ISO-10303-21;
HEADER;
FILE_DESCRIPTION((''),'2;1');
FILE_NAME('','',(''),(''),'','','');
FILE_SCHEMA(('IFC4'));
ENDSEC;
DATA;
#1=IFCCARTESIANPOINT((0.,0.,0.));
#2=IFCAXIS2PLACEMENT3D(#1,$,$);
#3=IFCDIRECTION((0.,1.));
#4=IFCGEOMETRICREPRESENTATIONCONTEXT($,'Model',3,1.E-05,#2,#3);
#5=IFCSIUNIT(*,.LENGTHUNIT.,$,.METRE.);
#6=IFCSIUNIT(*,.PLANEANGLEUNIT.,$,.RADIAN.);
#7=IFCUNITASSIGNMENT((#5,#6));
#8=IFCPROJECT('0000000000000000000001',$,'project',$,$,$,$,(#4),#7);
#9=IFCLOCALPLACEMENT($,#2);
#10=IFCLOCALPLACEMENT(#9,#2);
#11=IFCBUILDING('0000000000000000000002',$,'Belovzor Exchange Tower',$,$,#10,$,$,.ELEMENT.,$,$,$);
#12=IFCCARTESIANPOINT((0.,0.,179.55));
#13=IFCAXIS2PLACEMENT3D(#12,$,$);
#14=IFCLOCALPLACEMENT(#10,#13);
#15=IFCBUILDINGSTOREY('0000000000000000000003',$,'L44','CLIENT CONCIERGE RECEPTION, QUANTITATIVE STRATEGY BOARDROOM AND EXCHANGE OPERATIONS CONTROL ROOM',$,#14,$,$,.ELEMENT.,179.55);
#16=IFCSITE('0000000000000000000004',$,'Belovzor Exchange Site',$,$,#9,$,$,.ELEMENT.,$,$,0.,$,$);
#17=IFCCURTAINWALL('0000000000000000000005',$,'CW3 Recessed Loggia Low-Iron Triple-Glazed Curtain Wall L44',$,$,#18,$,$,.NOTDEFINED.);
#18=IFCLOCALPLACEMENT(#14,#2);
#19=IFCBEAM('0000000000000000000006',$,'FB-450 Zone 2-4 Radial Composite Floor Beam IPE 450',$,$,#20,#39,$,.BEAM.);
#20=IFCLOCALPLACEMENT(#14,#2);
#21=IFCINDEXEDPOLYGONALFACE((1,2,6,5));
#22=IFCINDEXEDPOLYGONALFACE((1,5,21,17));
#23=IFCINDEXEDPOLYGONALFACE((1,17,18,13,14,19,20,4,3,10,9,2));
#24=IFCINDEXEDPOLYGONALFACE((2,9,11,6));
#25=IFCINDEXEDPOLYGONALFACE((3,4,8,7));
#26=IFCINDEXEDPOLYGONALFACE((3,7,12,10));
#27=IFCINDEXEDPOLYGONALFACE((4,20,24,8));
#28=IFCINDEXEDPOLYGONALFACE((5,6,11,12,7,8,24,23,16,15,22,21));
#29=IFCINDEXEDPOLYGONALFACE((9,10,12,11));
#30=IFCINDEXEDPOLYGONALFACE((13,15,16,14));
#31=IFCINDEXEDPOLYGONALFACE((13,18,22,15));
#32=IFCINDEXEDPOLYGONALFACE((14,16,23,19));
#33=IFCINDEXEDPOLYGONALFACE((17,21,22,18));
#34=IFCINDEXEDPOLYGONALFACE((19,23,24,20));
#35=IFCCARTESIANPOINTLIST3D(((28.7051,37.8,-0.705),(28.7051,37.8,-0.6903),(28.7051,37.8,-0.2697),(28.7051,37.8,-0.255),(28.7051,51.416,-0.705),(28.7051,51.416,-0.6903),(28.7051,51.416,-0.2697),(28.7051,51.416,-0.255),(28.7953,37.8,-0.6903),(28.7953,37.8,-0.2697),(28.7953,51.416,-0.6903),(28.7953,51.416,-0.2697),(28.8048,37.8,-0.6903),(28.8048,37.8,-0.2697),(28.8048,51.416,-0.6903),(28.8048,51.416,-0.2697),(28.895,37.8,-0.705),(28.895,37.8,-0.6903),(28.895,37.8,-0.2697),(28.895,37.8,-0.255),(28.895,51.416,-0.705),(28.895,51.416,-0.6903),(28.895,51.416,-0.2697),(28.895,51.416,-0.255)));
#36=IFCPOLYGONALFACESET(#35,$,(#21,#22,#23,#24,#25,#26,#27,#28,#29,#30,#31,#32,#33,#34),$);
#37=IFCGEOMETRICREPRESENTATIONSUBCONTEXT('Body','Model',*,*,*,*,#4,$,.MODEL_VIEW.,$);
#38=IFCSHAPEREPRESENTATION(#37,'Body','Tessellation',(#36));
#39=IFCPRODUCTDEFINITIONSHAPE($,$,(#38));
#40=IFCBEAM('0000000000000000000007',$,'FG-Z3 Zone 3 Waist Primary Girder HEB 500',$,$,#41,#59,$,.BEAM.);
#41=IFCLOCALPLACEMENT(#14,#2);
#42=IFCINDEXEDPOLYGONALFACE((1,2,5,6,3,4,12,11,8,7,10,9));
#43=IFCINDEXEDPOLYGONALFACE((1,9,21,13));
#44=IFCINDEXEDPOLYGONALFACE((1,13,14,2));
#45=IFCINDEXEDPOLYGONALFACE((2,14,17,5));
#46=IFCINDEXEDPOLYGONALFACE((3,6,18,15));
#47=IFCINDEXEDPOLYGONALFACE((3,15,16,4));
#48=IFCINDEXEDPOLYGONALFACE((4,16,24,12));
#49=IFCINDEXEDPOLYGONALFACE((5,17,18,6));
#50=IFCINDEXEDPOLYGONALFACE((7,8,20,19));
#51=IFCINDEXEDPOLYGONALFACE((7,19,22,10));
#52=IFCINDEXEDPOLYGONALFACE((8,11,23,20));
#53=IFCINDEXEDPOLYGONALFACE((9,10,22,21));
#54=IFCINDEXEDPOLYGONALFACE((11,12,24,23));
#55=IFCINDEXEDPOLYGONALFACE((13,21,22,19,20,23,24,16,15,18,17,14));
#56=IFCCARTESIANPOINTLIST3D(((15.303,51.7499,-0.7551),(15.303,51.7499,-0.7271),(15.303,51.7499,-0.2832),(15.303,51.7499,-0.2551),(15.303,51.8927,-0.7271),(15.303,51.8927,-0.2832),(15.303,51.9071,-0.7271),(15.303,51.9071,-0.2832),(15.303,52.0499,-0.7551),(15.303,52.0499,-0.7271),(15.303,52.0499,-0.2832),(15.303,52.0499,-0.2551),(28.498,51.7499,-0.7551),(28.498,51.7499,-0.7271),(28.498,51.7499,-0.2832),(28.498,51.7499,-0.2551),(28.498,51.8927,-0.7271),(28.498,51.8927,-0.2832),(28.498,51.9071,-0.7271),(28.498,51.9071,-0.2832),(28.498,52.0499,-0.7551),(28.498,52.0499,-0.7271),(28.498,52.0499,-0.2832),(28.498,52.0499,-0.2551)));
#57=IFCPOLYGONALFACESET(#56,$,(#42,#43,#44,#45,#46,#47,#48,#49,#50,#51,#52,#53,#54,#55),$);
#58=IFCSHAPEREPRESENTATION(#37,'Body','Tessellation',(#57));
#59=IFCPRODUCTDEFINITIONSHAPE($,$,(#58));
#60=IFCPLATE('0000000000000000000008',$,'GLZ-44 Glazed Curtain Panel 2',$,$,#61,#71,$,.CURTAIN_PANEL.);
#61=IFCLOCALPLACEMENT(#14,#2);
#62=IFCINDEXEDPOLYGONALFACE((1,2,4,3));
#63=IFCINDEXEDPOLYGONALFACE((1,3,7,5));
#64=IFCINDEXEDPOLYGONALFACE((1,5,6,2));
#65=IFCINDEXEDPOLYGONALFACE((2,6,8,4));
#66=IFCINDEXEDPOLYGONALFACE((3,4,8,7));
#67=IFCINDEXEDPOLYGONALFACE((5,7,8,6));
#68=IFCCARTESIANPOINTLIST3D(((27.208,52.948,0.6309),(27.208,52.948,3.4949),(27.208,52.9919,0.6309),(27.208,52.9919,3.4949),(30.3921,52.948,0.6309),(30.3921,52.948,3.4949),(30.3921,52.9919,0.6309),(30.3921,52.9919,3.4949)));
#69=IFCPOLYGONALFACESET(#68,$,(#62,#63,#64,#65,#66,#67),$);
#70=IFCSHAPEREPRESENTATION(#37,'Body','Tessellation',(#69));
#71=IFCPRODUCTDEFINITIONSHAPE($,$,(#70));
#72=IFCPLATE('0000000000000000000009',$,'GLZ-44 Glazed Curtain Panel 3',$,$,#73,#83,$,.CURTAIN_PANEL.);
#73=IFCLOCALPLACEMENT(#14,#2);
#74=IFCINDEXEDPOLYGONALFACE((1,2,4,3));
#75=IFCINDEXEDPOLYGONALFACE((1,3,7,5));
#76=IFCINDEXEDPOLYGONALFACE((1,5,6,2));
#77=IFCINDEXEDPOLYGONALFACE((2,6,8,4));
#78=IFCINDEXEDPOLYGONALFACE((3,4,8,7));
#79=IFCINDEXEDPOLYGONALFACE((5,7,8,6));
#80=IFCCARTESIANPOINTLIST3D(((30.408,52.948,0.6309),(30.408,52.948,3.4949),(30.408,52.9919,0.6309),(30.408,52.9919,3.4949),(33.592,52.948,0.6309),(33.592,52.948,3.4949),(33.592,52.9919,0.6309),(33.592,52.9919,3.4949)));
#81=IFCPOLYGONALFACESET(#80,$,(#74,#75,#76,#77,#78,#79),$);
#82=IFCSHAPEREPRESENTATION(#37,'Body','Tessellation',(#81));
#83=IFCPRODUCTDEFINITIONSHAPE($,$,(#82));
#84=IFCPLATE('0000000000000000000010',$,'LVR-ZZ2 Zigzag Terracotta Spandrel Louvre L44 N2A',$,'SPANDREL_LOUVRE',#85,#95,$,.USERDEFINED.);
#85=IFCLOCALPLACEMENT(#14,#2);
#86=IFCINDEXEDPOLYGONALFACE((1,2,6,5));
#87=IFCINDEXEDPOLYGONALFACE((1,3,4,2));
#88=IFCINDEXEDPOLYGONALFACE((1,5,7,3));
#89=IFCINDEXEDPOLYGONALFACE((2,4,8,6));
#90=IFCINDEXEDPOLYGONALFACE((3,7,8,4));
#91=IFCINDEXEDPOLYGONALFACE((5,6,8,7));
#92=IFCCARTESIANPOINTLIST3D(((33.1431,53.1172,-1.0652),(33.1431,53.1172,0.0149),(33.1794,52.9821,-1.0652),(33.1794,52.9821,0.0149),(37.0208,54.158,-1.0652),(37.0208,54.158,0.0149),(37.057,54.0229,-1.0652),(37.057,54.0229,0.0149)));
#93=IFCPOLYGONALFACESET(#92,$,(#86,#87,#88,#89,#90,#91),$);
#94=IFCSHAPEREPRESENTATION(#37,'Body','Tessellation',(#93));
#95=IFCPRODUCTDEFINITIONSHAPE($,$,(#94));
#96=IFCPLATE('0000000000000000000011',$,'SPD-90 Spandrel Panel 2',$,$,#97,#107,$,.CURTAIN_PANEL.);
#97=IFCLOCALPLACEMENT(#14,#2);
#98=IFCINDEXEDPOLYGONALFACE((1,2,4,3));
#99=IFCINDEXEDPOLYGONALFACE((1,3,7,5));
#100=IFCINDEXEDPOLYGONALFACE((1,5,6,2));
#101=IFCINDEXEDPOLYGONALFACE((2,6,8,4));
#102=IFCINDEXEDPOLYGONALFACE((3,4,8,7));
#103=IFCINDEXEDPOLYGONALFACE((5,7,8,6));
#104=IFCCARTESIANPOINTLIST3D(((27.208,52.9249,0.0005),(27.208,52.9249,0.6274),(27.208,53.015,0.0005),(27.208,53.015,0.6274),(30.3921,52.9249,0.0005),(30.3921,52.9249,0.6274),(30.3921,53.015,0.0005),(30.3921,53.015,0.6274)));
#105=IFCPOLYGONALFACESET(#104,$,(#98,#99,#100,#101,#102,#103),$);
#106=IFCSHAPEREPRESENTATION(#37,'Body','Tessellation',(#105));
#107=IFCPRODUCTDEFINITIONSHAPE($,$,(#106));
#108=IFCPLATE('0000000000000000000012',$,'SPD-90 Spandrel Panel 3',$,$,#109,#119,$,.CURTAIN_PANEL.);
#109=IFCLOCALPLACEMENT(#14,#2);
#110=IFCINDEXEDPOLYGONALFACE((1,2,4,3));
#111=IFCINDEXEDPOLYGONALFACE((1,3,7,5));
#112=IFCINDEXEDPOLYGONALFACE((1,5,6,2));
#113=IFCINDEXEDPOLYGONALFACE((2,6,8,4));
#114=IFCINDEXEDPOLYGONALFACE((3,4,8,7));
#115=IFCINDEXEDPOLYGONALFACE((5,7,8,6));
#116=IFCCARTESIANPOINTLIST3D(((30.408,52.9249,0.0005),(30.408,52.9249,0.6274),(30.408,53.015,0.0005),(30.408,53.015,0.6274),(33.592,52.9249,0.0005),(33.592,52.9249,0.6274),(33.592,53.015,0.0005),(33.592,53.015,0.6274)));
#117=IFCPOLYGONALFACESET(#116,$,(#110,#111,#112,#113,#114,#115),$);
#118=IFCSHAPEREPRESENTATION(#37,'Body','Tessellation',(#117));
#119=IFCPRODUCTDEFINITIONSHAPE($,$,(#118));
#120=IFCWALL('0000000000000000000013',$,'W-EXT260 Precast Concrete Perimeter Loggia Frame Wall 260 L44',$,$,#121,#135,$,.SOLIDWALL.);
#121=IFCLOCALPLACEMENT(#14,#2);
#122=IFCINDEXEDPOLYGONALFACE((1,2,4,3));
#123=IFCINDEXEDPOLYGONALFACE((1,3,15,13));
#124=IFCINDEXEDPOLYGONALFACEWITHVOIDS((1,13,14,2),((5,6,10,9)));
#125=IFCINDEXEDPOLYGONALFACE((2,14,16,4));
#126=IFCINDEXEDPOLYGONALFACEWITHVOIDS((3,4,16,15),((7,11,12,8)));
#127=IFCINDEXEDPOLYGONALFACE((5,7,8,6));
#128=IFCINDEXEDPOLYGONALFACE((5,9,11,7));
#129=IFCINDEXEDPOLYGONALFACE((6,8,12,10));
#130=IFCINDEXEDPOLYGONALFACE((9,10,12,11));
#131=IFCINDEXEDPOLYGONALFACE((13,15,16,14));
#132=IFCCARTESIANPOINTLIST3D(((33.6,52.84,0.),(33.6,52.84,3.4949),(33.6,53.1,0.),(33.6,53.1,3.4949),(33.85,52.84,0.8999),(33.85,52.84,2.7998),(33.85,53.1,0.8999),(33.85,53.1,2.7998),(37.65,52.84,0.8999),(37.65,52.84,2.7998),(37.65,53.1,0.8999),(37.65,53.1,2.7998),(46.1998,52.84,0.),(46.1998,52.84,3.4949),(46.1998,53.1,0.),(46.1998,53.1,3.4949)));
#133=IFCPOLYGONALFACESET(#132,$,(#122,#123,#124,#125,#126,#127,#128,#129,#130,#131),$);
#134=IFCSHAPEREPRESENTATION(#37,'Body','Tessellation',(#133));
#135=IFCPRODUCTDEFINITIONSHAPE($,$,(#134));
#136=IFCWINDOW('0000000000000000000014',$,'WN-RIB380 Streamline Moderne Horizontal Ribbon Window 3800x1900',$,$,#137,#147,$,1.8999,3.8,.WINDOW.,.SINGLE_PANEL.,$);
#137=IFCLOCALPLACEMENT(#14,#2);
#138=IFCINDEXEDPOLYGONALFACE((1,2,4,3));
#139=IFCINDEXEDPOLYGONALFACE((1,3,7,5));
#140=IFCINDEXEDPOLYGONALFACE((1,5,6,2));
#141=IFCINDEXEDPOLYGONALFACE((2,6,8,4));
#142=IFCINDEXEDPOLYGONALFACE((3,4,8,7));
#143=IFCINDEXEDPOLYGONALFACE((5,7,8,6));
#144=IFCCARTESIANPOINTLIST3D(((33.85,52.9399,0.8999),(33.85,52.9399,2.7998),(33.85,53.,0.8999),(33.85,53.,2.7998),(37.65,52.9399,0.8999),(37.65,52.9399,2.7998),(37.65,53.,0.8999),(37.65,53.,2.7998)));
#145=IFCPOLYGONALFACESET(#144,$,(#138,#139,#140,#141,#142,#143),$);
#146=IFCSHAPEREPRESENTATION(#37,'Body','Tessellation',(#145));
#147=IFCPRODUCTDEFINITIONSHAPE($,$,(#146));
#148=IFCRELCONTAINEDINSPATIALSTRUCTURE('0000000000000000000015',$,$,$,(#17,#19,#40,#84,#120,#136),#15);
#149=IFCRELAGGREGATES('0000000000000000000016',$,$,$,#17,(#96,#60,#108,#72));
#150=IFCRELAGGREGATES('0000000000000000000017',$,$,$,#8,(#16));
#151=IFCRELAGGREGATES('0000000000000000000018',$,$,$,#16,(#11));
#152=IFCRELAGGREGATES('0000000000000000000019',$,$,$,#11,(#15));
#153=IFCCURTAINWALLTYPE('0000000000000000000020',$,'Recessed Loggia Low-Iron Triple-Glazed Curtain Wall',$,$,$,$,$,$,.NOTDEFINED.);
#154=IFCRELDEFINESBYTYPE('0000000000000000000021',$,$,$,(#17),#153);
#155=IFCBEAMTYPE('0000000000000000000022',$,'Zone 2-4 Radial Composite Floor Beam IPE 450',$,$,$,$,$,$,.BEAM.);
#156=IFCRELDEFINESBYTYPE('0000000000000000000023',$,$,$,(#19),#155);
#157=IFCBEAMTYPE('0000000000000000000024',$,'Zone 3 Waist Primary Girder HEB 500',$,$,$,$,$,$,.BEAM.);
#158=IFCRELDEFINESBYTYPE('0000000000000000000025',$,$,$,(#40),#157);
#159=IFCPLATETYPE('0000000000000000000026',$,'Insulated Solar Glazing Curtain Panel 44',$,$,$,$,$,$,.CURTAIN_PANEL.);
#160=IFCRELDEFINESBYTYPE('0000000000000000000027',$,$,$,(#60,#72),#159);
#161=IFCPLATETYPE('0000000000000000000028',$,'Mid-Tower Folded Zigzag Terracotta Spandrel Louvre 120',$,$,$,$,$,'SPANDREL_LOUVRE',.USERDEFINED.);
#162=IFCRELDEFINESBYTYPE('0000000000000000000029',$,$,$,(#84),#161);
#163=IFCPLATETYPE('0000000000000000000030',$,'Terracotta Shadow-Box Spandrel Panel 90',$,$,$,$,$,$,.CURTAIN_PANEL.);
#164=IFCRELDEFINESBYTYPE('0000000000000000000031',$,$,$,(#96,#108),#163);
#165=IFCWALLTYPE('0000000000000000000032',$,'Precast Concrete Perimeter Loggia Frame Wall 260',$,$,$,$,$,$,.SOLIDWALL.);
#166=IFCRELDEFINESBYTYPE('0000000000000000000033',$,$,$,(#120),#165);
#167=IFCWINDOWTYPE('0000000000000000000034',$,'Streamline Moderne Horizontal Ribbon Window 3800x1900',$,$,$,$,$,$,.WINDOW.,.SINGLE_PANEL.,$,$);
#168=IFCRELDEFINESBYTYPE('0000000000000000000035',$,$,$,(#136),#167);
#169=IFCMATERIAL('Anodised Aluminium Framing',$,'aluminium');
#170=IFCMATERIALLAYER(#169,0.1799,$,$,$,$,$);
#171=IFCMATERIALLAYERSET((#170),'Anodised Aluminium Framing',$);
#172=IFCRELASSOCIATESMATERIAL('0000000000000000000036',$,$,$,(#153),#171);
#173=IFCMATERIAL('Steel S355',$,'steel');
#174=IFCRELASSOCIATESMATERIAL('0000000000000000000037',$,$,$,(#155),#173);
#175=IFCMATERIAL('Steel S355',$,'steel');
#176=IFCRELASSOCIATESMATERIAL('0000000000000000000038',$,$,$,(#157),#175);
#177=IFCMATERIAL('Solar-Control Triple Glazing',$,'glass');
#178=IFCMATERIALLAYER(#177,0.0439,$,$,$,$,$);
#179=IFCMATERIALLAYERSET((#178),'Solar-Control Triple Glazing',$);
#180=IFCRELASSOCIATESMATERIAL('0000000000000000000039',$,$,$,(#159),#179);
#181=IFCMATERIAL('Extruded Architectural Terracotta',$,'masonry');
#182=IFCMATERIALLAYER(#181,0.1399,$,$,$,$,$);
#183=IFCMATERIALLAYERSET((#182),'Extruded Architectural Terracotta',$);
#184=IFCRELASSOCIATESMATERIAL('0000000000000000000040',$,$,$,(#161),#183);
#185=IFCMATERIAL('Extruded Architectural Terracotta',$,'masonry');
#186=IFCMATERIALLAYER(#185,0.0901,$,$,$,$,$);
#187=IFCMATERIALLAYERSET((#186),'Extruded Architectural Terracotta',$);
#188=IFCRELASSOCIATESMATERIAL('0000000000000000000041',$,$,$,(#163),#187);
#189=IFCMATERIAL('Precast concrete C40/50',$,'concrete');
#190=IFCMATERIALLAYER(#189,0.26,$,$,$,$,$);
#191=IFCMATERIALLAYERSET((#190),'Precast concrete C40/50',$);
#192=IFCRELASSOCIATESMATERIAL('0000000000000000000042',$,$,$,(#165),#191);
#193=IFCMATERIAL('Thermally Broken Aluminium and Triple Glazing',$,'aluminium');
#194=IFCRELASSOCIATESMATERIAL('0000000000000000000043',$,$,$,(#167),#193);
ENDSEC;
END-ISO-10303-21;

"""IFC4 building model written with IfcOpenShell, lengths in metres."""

from ifc_helpers import new_model, si_unit, direction, frame, frame_2d, origin, origin_2d, place, context, subcontext, project, spatial, rectangle, i_section, extrude, material, layer, layer_set, material_profile, profile_set, type_object, element, fill, aggregate, save


model = new_model("IFC4")

# Units and contexts
model_context = context("Model", 3, precision=1e-05, world=origin(), true_north=direction((0.0, 1.0)))
body_context = subcontext(model_context, "Body", "Model", "MODEL_VIEW")
ifc_project = project(units=[si_unit("LENGTHUNIT", "METRE"), si_unit("PLANEANGLEUNIT", "RADIAN")], contexts=[model_context])

# Site, building, storey
site_placement = place(None, origin())
site = spatial("IfcSite", under=ifc_project, at=site_placement, Name="Belovzor Exchange Site", CompositionType="ELEMENT", RefElevation=0.0)
building_placement = place(site_placement, origin())
building = spatial("IfcBuilding", under=site, at=building_placement, Name="Belovzor Exchange Tower", CompositionType="ELEMENT")
storey_placement = place(building_placement, frame((0.0, 0.0, 179.55)))
storey = spatial("IfcBuildingStorey", under=building, at=storey_placement, Name="L44", Description="CLIENT CONCIERGE RECEPTION, QUANTITATIVE STRATEGY BOARDROOM AND EXCHANGE OPERATIONS CONTROL ROOM", CompositionType="ELEMENT", Elevation=179.55)

# Curtain wall
ifc_material_1 = material(Name="Anodised Aluminium Framing", Category="aluminium")
ifc_layer_1 = layer(ifc_material_1, 0.1799)
ifc_layer_set_1 = layer_set([ifc_layer_1], Name="Anodised Aluminium Framing")
curtain_wall_type = type_object("IfcCurtainWallType", Name="Recessed Loggia Low-Iron Triple-Glazed Curtain Wall", PredefinedType="NOTDEFINED", material=ifc_layer_set_1)
curtain_wall_placement = place(storey_placement, origin())
curtain_wall = element("IfcCurtainWall", 1, at=curtain_wall_placement, inside=storey, type_object=curtain_wall_type, Name="CW3 Recessed Loggia Low-Iron Triple-Glazed Curtain Wall L44", PredefinedType="NOTDEFINED")

# Beams
ifc_material_2 = material(Name="Steel S355", Category="steel")
ifc_material_profile_1 = material_profile(ifc_material_2, i_section(OverallWidth=0.1899, OverallDepth=0.45, WebThickness=0.0095, FlangeThickness=0.0146, at=origin_2d()))
ifc_profile_set_1 = profile_set([ifc_material_profile_1], Name="Steel S355")
beam_type_1 = type_object("IfcBeamType", Name="Zone 2-4 Radial Composite Floor Beam IPE 450", PredefinedType="BEAM", material=ifc_profile_set_1)
beam_1_placement = place(storey_placement, frame((28.8, 37.8, -0.48), z_axis=(0.0, 1.0, 0.0), x_axis=(-1.0, 0.0, 0.0)))
element("IfcBeam", 2, at=beam_1_placement, inside=storey, type_object=beam_type_1, Name="FB-450 Zone 2-4 Radial Composite Floor Beam IPE 450", PredefinedType="BEAM", context=body_context, shape_type="SweptSolid", body=[
    extrude(i_section(OverallWidth=0.1899, OverallDepth=0.45, WebThickness=0.0095, FlangeThickness=0.0146, at=origin_2d()), origin(), (0.0, 0.0, 1.0), 13.616),
])
ifc_material_3 = material(Name="Steel S355", Category="steel")
ifc_material_profile_2 = material_profile(ifc_material_3, i_section(OverallWidth=0.3, OverallDepth=0.5, WebThickness=0.0144, FlangeThickness=0.0281, at=origin_2d()))
ifc_profile_set_2 = profile_set([ifc_material_profile_2], Name="Steel S355")
beam_type_2 = type_object("IfcBeamType", Name="Zone 3 Waist Primary Girder HEB 500", PredefinedType="BEAM", material=ifc_profile_set_2)
beam_2_placement = place(storey_placement, frame((28.498, 51.8999, -0.5051), z_axis=(-1.0, 0.0, 0.0), x_axis=(0.0, -1.0, 0.0)))
element("IfcBeam", 3, at=beam_2_placement, inside=storey, type_object=beam_type_2, Name="FG-Z3 Zone 3 Waist Primary Girder HEB 500", PredefinedType="BEAM", context=body_context, shape_type="SweptSolid", body=[
    extrude(i_section(OverallWidth=0.3, OverallDepth=0.5, WebThickness=0.0144, FlangeThickness=0.0281, at=origin_2d()), origin(), (0.0, 0.0, 1.0), 13.1951),
])

# Plates
ifc_material_4 = material(Name="Solar-Control Triple Glazing", Category="glass")
ifc_layer_2 = layer(ifc_material_4, 0.0439)
ifc_layer_set_2 = layer_set([ifc_layer_2], Name="Solar-Control Triple Glazing")
plate_type_1 = type_object("IfcPlateType", Name="Insulated Solar Glazing Curtain Panel 44", PredefinedType="CURTAIN_PANEL", material=ifc_layer_set_2)
plate_1_placement = place(storey_placement, frame((28.8, 52.97, 0.6309), z_axis=(0.0, 0.0, 1.0), x_axis=(1.0, 0.0, 0.0)))
plate_1 = element("IfcPlate", 4, at=plate_1_placement, type_object=plate_type_1, Name="GLZ-44 Glazed Curtain Panel 2", PredefinedType="CURTAIN_PANEL", context=body_context, shape_type="SweptSolid", body=[
    extrude(rectangle(XDim=3.1841, YDim=0.0439, at=origin_2d()), origin(), (0.0, 0.0, 1.0), 2.864),
])
plate_2_placement = place(storey_placement, frame((32.0, 52.97, 0.6309), z_axis=(0.0, 0.0, 1.0), x_axis=(1.0, 0.0, 0.0)))
plate_2 = element("IfcPlate", 5, at=plate_2_placement, type_object=plate_type_1, Name="GLZ-44 Glazed Curtain Panel 3", PredefinedType="CURTAIN_PANEL", context=body_context, shape_type="SweptSolid", body=[
    extrude(rectangle(XDim=3.1841, YDim=0.0439, at=origin_2d()), origin(), (0.0, 0.0, 1.0), 2.864),
])
ifc_material_5 = material(Name="Extruded Architectural Terracotta", Category="masonry")
ifc_layer_3 = layer(ifc_material_5, 0.1399)
ifc_layer_set_3 = layer_set([ifc_layer_3], Name="Extruded Architectural Terracotta")
plate_type_2 = type_object("IfcPlateType", Name="Mid-Tower Folded Zigzag Terracotta Spandrel Louvre 120", ElementType="SPANDREL_LOUVRE", PredefinedType="USERDEFINED", material=ifc_layer_set_3)
plate_3_placement = place(storey_placement, frame((35.1001, 53.5701, -1.0652), z_axis=(0.0, 0.0, 1.0), x_axis=(0.965813, 0.25924, 0.0)))
element("IfcPlate", 6, at=plate_3_placement, inside=storey, type_object=plate_type_2, Name="LVR-ZZ2 Zigzag Terracotta Spandrel Louvre L44 N2A", ObjectType="SPANDREL_LOUVRE", PredefinedType="USERDEFINED", context=body_context, shape_type="SweptSolid", body=[
    extrude(rectangle(XDim=4.0149, YDim=0.1399, at=origin_2d()), origin(), (0.0, 0.0, 1.0), 1.0801),
])
ifc_material_6 = material(Name="Extruded Architectural Terracotta", Category="masonry")
ifc_layer_4 = layer(ifc_material_6, 0.0901)
ifc_layer_set_4 = layer_set([ifc_layer_4], Name="Extruded Architectural Terracotta")
plate_type_3 = type_object("IfcPlateType", Name="Terracotta Shadow-Box Spandrel Panel 90", PredefinedType="CURTAIN_PANEL", material=ifc_layer_set_4)
plate_4_placement = place(storey_placement, frame((28.8, 52.97, 0.0005), z_axis=(0.0, 0.0, 1.0), x_axis=(1.0, 0.0, 0.0)))
plate_4 = element("IfcPlate", 7, at=plate_4_placement, type_object=plate_type_3, Name="SPD-90 Spandrel Panel 2", PredefinedType="CURTAIN_PANEL", context=body_context, shape_type="SweptSolid", body=[
    extrude(rectangle(XDim=3.1841, YDim=0.0901, at=origin_2d()), origin(), (0.0, 0.0, 1.0), 0.627),
])
plate_5_placement = place(storey_placement, frame((32.0, 52.97, 0.0005), z_axis=(0.0, 0.0, 1.0), x_axis=(1.0, 0.0, 0.0)))
plate_5 = element("IfcPlate", 8, at=plate_5_placement, type_object=plate_type_3, Name="SPD-90 Spandrel Panel 3", PredefinedType="CURTAIN_PANEL", context=body_context, shape_type="SweptSolid", body=[
    extrude(rectangle(XDim=3.1841, YDim=0.0901, at=origin_2d()), origin(), (0.0, 0.0, 1.0), 0.627),
])
aggregate(curtain_wall, [plate_4, plate_1, plate_5, plate_2])

# Wall, opening, window
ifc_material_7 = material(Name="Precast concrete C40/50", Category="concrete")
ifc_layer_5 = layer(ifc_material_7, 0.26)
ifc_layer_set_5 = layer_set([ifc_layer_5], Name="Precast concrete C40/50")
wall_type = type_object("IfcWallType", Name="Precast Concrete Perimeter Loggia Frame Wall 260", PredefinedType="SOLIDWALL", material=ifc_layer_set_5)
wall_placement = place(storey_placement, frame((33.6001, 52.97, 0.0), z_axis=(0.0, 0.0, 1.0), x_axis=(1.0, 0.0, 0.0)))
wall = element("IfcWall", 9, at=wall_placement, inside=storey, type_object=wall_type, Name="W-EXT260 Precast Concrete Perimeter Loggia Frame Wall 260 L44", PredefinedType="SOLIDWALL", context=body_context, shape_type="SweptSolid", body=[
    extrude(rectangle(XDim=12.5999, YDim=0.26, at=frame_2d((6.2998, 0.0))), origin(), (0.0, 0.0, 1.0), 3.4949),
])
opening_placement = place(wall_placement, frame((0.25, 0.0, 0.8999)))
opening = element("IfcOpeningElement", 10, at=opening_placement, cuts=wall, PredefinedType="OPENING", context=body_context, shape_type="SweptSolid", body=[
    extrude(rectangle(XDim=3.8, YDim=1.8999, at=frame_2d((1.8999, 0.95))), frame((0.0, 0.1399, 0.0), z_axis=(0.0, -1.0, 0.0), x_axis=(1.0, 0.0, 0.0)), (0.0, 0.0, 1.0), 0.28),
])
ifc_material_8 = material(Name="Thermally Broken Aluminium and Triple Glazing", Category="aluminium")
window_type = type_object("IfcWindowType", Name="Streamline Moderne Horizontal Ribbon Window 3800x1900", PartitioningType="SINGLE_PANEL", PredefinedType="WINDOW", material=ifc_material_8)
window_placement = place(opening_placement, origin())
window = element("IfcWindow", 11, at=window_placement, inside=storey, type_object=window_type, Name="WN-RIB380 Streamline Moderne Horizontal Ribbon Window 3800x1900", OverallHeight=1.8999, OverallWidth=3.8, PartitioningType="SINGLE_PANEL", PredefinedType="WINDOW", context=body_context, shape_type="SweptSolid", body=[
    extrude(rectangle(XDim=3.8, YDim=1.8999, at=frame_2d((1.8999, 0.95))), frame((0.0, 0.03, 0.0), z_axis=(0.0, -1.0, 0.0), x_axis=(1.0, 0.0, 0.0)), (0.0, 0.0, 1.0), 0.0601),
])
fill(opening, window)

save(model, "model.ifc")
